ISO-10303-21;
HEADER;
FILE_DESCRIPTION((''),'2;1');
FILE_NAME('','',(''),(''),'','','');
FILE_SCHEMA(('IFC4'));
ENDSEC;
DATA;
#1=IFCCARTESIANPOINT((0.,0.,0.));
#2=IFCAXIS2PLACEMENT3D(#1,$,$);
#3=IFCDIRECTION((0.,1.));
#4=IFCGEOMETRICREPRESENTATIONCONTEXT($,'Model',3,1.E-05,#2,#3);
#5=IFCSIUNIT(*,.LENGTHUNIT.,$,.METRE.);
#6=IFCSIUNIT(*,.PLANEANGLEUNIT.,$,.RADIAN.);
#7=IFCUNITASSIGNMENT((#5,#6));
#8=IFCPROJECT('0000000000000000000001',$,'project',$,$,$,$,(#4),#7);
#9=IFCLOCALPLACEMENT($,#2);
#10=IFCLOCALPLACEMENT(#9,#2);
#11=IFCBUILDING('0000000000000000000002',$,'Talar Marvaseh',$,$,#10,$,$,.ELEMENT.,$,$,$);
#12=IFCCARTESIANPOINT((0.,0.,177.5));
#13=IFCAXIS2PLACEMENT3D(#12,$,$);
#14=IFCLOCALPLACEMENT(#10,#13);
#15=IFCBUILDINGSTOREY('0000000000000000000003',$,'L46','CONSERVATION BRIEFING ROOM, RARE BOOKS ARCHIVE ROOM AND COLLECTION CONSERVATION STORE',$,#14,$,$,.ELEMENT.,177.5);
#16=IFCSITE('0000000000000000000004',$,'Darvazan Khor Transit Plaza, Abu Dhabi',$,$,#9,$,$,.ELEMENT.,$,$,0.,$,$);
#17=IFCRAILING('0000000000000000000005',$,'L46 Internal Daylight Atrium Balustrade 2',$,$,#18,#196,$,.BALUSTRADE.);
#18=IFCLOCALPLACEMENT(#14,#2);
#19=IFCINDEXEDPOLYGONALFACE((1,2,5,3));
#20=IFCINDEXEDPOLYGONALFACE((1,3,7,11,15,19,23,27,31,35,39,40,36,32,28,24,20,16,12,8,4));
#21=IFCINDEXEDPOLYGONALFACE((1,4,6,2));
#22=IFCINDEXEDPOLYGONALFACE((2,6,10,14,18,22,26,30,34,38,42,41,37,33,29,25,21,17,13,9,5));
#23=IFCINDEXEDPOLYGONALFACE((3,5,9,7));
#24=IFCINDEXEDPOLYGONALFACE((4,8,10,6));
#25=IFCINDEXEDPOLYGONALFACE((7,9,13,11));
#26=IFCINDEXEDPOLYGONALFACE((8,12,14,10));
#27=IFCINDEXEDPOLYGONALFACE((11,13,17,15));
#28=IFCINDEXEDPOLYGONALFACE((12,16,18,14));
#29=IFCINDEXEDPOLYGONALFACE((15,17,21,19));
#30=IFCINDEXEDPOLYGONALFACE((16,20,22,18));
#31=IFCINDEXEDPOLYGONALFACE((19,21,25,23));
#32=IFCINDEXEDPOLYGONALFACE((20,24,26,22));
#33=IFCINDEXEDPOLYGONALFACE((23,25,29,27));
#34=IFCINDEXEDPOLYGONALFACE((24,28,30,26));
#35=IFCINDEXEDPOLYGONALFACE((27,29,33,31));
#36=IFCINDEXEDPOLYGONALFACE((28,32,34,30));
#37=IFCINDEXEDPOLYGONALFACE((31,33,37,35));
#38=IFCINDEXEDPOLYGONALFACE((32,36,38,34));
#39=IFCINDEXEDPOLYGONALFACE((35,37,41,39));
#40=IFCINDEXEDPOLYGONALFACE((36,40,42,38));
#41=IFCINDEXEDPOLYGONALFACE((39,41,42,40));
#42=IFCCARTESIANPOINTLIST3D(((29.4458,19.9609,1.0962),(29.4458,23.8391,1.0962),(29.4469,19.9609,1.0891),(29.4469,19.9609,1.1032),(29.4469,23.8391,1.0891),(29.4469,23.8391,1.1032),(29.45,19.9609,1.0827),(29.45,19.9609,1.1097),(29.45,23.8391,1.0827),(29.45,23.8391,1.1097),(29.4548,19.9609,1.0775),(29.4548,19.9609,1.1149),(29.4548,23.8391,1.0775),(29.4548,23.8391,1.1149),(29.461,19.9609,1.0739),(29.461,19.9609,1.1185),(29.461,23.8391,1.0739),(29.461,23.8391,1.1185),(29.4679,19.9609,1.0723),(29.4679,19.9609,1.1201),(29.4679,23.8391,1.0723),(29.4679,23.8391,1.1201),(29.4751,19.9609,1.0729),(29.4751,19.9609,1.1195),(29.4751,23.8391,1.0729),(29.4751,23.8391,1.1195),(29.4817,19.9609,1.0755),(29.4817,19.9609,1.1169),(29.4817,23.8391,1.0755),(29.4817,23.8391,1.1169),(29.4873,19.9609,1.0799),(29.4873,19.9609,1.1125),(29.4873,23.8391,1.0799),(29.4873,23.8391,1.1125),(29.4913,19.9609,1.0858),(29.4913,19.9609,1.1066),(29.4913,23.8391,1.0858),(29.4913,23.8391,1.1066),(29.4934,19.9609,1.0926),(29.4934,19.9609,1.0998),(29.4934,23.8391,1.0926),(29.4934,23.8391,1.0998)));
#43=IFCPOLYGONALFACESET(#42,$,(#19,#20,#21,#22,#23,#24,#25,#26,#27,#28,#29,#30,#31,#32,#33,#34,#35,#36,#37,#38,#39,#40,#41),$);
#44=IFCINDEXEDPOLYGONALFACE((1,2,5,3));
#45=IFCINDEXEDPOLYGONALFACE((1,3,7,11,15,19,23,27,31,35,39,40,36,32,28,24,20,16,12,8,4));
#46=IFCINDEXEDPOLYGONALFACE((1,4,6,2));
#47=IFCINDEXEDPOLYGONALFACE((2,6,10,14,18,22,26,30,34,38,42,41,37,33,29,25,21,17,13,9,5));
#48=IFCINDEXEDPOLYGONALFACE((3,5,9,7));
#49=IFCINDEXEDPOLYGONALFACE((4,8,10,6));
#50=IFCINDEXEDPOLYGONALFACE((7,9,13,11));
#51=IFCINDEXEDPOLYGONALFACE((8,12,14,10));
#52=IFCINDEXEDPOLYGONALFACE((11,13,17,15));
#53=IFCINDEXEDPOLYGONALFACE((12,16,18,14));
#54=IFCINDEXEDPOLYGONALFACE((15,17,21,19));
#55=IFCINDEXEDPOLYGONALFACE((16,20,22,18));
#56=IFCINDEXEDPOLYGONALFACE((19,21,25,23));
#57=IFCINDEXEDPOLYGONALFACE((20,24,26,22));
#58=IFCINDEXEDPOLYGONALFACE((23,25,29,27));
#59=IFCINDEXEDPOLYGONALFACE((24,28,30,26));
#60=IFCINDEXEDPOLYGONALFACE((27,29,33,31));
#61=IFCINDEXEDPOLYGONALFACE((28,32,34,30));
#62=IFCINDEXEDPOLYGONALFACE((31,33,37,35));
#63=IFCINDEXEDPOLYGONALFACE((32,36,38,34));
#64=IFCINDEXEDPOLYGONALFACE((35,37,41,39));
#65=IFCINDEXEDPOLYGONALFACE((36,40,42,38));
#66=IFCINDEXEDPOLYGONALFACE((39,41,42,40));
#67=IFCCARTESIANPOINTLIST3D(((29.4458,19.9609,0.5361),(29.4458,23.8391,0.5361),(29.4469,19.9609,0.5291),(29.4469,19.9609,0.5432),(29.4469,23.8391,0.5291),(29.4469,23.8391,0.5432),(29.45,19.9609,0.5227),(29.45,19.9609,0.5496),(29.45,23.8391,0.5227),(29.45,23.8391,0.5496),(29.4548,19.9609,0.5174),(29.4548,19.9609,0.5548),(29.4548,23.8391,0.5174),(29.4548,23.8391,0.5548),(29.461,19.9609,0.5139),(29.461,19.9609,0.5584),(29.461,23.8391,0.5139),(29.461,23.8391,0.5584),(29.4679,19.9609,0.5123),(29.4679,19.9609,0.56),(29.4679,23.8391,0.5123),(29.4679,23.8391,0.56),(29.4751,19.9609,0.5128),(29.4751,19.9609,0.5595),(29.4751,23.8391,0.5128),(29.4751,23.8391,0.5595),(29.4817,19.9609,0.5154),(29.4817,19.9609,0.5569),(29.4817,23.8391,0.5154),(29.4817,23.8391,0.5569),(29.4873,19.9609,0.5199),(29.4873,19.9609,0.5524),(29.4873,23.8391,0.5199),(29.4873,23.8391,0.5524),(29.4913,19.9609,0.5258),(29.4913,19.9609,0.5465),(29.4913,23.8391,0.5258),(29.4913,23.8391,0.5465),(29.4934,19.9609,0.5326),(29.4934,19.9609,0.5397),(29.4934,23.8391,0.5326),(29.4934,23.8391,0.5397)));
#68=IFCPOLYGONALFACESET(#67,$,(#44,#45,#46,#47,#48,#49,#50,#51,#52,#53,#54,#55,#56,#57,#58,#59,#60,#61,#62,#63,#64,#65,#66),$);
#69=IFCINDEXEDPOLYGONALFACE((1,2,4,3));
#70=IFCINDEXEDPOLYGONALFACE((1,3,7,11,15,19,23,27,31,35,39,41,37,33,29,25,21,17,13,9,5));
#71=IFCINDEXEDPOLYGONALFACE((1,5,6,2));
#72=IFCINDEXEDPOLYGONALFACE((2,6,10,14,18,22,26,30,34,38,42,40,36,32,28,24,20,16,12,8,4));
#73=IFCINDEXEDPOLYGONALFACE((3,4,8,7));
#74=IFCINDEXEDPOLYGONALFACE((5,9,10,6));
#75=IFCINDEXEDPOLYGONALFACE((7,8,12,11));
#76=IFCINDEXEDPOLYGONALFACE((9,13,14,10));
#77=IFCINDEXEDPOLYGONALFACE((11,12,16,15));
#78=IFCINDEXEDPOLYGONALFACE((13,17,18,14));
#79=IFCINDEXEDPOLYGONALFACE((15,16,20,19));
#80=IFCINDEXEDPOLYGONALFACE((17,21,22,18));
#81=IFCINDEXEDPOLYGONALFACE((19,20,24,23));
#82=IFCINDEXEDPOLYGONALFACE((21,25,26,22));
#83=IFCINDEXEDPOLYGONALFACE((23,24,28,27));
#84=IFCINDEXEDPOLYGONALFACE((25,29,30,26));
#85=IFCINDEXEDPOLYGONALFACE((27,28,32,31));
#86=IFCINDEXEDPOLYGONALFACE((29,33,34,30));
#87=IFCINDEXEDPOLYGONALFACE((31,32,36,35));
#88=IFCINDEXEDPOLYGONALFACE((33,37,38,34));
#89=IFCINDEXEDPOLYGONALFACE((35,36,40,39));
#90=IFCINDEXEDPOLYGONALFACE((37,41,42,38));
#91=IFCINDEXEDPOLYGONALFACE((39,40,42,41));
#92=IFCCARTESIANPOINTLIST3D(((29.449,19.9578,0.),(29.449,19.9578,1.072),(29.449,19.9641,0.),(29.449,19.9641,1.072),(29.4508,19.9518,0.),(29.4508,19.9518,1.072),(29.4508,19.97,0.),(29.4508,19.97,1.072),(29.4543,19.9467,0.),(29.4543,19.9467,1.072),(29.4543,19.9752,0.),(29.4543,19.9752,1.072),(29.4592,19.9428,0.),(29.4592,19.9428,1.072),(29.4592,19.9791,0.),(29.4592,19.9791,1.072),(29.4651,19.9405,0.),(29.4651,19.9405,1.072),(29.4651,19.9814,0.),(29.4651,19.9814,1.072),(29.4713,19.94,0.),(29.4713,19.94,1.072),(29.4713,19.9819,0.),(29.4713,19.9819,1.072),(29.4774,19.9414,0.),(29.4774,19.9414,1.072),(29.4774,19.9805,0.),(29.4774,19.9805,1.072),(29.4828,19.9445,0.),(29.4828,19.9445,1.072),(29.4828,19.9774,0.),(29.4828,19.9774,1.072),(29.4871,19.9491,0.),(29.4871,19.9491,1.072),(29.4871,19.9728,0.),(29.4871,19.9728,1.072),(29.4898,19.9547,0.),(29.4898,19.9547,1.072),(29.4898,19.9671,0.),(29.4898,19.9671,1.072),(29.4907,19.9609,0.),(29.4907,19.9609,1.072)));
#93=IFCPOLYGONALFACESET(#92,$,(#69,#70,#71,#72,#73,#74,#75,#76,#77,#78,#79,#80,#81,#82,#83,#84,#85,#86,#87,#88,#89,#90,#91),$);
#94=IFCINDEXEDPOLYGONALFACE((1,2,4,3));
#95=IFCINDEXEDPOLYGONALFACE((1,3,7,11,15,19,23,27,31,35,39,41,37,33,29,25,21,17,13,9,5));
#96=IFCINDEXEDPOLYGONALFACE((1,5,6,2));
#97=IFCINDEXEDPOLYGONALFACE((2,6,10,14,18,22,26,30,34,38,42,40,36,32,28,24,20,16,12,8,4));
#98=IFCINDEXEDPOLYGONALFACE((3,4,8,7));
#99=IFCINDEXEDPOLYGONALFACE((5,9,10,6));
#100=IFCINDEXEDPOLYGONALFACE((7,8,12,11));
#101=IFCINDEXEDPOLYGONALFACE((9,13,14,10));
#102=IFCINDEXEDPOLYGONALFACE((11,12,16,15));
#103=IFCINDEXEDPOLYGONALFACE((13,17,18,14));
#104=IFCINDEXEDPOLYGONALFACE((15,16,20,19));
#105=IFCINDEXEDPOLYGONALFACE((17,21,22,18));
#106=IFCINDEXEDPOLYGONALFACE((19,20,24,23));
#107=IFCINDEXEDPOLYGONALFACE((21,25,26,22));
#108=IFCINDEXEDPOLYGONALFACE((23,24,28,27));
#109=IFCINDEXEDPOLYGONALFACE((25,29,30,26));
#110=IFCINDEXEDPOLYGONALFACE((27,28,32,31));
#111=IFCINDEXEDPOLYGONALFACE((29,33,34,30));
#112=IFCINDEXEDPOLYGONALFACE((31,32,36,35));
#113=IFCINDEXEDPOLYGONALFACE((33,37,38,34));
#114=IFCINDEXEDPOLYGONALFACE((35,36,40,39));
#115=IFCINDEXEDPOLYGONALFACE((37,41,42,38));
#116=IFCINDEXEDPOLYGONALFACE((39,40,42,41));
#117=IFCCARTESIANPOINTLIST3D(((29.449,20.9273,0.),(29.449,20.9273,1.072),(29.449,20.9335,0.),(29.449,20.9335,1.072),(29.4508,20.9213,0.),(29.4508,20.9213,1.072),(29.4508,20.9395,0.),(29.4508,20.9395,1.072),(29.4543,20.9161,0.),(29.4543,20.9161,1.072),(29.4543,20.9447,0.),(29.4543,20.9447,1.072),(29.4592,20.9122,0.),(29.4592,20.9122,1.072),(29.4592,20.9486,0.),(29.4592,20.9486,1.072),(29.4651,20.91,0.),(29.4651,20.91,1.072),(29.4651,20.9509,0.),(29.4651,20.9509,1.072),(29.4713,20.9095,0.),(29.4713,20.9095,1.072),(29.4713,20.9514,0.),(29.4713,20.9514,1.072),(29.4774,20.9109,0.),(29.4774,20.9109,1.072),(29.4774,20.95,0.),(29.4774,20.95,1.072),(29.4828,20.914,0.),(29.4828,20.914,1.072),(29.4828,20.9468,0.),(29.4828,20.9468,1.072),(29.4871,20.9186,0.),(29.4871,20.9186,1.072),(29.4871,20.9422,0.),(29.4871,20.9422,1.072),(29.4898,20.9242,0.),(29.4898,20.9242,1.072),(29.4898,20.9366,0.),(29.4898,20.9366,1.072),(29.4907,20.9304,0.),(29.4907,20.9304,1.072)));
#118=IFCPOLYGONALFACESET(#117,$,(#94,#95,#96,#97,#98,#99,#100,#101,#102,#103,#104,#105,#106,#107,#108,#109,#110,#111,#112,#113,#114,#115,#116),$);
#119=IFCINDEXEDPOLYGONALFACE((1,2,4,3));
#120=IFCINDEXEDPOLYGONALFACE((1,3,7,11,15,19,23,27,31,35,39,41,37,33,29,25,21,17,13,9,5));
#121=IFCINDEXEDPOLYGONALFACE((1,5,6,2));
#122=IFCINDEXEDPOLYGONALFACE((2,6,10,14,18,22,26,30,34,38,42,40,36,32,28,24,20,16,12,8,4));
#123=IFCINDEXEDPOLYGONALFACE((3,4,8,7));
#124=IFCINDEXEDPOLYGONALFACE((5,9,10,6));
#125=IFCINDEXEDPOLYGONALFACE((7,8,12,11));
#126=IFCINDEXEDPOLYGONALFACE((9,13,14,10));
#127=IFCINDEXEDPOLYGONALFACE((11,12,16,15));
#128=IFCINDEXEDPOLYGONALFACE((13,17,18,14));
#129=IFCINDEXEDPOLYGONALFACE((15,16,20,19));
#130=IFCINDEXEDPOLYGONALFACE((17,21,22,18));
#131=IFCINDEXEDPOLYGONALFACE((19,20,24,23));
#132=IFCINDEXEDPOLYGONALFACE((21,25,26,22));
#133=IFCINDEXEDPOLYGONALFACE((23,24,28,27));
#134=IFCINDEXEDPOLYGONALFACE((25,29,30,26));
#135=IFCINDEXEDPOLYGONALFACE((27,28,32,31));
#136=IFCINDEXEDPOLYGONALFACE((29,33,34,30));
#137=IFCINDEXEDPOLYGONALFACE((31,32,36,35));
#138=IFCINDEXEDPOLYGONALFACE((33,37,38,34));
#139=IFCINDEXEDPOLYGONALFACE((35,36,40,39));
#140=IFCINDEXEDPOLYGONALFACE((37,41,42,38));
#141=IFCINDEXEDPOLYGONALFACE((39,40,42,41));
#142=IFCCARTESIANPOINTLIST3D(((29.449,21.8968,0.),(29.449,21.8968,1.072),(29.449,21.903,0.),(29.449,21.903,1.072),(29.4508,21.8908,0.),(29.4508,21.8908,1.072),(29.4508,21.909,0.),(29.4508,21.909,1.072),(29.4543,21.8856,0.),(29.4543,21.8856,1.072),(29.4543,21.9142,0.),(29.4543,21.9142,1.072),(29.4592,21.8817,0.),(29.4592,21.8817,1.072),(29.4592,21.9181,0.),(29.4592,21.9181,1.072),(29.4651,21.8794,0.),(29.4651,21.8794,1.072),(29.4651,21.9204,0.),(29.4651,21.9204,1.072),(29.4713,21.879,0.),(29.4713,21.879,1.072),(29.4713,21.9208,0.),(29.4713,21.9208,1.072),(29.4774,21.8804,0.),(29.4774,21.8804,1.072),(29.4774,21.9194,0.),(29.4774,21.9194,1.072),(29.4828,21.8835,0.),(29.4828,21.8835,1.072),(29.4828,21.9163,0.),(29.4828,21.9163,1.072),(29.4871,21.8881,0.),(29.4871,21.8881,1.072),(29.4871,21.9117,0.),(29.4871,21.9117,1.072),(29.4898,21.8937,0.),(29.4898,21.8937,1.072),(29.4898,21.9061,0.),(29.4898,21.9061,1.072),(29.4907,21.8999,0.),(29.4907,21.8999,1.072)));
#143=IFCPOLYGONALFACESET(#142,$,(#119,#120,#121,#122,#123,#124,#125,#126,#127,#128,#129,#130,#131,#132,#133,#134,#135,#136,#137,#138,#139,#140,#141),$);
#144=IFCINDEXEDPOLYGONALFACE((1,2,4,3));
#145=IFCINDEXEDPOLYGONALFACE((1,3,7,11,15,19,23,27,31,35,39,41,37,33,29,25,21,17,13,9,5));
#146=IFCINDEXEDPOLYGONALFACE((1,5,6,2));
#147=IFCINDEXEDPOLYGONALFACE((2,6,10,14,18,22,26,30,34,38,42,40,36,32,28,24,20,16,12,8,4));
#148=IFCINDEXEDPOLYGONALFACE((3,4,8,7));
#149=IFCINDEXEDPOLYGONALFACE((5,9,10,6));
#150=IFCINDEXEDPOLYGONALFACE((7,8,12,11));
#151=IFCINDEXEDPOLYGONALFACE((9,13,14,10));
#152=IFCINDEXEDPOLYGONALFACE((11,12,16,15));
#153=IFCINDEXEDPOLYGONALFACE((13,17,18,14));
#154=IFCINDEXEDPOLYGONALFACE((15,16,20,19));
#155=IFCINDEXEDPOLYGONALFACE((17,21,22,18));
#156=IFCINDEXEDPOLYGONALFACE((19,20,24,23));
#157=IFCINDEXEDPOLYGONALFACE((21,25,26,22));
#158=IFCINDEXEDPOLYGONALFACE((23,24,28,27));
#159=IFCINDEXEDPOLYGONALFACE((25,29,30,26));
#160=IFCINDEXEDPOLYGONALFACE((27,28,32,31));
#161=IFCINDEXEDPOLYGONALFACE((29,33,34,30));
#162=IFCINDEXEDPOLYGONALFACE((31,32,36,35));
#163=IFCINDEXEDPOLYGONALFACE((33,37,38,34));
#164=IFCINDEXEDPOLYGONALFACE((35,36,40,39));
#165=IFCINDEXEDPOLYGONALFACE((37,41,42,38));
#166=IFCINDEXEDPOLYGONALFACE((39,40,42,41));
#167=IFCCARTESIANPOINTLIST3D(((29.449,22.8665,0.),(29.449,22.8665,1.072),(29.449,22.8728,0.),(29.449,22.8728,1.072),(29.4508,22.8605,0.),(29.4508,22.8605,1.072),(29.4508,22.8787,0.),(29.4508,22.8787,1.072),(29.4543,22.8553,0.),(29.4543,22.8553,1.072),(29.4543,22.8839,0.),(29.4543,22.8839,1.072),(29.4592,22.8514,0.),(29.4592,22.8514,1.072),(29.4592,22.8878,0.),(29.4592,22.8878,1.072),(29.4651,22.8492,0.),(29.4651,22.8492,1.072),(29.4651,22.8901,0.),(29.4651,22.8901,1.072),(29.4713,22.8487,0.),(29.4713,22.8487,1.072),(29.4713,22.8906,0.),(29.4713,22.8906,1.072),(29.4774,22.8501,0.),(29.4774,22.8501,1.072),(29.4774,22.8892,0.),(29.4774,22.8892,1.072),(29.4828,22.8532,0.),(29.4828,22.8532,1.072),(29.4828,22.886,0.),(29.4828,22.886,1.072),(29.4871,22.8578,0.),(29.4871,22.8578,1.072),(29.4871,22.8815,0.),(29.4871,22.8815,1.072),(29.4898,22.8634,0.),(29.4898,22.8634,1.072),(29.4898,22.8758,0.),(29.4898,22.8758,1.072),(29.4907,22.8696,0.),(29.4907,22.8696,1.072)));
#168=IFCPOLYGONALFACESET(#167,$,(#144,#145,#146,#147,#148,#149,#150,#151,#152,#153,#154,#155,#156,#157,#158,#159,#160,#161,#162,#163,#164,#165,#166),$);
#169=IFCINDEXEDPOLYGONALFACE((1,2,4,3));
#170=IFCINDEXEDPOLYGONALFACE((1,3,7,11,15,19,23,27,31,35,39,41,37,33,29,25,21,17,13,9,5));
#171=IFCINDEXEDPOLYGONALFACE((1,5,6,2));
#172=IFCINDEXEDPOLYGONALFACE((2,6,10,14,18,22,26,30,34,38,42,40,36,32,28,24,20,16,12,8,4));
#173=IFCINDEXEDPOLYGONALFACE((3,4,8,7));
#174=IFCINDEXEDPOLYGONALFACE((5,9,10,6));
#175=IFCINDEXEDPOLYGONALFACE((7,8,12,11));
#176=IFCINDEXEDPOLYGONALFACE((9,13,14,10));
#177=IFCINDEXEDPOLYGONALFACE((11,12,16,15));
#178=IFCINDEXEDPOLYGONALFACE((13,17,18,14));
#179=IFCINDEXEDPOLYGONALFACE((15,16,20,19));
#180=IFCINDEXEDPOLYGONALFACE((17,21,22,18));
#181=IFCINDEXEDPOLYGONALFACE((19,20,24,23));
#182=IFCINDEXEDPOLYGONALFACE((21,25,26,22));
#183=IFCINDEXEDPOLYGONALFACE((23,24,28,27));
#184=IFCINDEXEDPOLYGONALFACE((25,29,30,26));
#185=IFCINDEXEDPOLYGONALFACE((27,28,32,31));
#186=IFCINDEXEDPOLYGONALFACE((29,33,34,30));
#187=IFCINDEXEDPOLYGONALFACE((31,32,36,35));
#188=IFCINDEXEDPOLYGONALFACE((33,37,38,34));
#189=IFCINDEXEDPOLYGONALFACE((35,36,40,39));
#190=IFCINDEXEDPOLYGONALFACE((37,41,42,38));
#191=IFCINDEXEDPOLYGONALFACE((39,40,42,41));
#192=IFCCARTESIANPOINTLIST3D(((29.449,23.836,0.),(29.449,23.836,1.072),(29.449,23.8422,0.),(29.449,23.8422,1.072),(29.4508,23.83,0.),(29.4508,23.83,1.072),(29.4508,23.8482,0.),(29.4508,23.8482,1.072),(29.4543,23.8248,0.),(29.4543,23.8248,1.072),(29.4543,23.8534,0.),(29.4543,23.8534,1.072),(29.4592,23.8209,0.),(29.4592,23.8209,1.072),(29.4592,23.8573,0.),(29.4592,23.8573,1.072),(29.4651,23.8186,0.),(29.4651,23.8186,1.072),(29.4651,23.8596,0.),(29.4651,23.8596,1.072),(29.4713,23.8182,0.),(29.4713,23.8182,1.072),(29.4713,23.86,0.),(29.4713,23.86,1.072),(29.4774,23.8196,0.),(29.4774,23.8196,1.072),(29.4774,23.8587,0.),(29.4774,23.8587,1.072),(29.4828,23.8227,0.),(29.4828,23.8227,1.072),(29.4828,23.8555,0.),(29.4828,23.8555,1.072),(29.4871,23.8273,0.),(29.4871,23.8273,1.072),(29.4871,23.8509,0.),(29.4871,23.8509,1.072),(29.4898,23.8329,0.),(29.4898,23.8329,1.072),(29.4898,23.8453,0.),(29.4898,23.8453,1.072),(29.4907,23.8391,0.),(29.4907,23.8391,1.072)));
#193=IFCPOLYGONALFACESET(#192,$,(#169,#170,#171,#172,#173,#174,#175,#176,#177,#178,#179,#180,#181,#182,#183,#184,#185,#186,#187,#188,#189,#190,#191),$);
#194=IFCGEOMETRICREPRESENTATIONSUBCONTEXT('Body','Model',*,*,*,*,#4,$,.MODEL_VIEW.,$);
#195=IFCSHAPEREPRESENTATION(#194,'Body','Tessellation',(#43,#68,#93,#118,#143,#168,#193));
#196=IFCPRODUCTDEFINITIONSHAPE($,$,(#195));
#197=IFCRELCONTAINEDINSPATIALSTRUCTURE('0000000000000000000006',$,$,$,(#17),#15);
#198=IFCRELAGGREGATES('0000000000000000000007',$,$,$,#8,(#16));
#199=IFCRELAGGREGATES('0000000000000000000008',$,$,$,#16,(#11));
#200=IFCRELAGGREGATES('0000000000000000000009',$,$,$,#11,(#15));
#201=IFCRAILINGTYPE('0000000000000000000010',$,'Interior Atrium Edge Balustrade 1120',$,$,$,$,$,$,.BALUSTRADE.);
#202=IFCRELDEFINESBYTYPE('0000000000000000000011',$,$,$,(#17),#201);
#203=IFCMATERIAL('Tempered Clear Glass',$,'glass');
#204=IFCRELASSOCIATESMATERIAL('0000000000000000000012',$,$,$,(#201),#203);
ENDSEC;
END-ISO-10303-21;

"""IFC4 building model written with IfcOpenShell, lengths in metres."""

from ifc_helpers import new_model, si_unit, direction, frame, origin, origin_2d, place, context, subcontext, project, spatial, circle, extrude, material, type_object, element, save


model = new_model("IFC4")

# Units and contexts
model_context = context("Model", 3, precision=1e-05, world=origin(), true_north=direction((0.0, 1.0)))
body_context = subcontext(model_context, "Body", "Model", "MODEL_VIEW")
ifc_project = project(units=[si_unit("LENGTHUNIT", "METRE"), si_unit("PLANEANGLEUNIT", "RADIAN")], contexts=[model_context])

# Site, building, storey
site_placement = place(None, origin())
site = spatial("IfcSite", under=ifc_project, at=site_placement, Name="Darvazan Khor Transit Plaza, Abu Dhabi", CompositionType="ELEMENT", RefElevation=0.0)
building_placement = place(site_placement, origin())
building = spatial("IfcBuilding", under=site, at=building_placement, Name="Talar Marvaseh", CompositionType="ELEMENT")
storey_placement = place(building_placement, frame((0.0, 0.0, 177.5)))
storey = spatial("IfcBuildingStorey", under=building, at=storey_placement, Name="L46", Description="CONSERVATION BRIEFING ROOM, RARE BOOKS ARCHIVE ROOM AND COLLECTION CONSERVATION STORE", CompositionType="ELEMENT", Elevation=177.5)

# Railing
ifc_material_1 = material(Name="Tempered Clear Glass", Category="glass")
railing_type = type_object("IfcRailingType", Name="Interior Atrium Edge Balustrade 1120", PredefinedType="BALUSTRADE", material=ifc_material_1)
railing_1_placement = place(storey_placement, frame((29.4697, 19.9609, 0.0)))
element("IfcRailing", 1, at=railing_1_placement, inside=storey, type_object=railing_type, Name="L46 Internal Daylight Atrium Balustrade 2", PredefinedType="BALUSTRADE", context=body_context, shape_type="SweptSolid", body=[
    extrude(circle(Radius=0.0239, at=origin_2d()), frame((0.0, 0.0, 1.0962), z_axis=(0.0, 1.0, 0.0), x_axis=(-1.0, 0.0, 0.0)), (0.0, 0.0, 1.0), 3.8782),
    extrude(circle(Radius=0.0239, at=origin_2d()), frame((0.0, 0.0, 0.5361), z_axis=(0.0, 1.0, 0.0), x_axis=(-1.0, 0.0, 0.0)), (0.0, 0.0, 1.0), 3.8782),
    extrude(circle(Radius=0.021, at=origin_2d()), origin(), (0.0, 0.0, 1.0), 1.072),
    extrude(circle(Radius=0.021, at=origin_2d()), frame((0.0, 0.9695, 0.0)), (0.0, 0.0, 1.0), 1.072),
    extrude(circle(Radius=0.021, at=origin_2d()), frame((0.0, 1.939, 0.0)), (0.0, 0.0, 1.0), 1.072),
    extrude(circle(Radius=0.021, at=origin_2d()), frame((0.0, 2.9087, 0.0)), (0.0, 0.0, 1.0), 1.072),
    extrude(circle(Radius=0.021, at=origin_2d()), frame((0.0, 3.8782, 0.0)), (0.0, 0.0, 1.0), 1.072),
])

save(model, "model.ifc")
